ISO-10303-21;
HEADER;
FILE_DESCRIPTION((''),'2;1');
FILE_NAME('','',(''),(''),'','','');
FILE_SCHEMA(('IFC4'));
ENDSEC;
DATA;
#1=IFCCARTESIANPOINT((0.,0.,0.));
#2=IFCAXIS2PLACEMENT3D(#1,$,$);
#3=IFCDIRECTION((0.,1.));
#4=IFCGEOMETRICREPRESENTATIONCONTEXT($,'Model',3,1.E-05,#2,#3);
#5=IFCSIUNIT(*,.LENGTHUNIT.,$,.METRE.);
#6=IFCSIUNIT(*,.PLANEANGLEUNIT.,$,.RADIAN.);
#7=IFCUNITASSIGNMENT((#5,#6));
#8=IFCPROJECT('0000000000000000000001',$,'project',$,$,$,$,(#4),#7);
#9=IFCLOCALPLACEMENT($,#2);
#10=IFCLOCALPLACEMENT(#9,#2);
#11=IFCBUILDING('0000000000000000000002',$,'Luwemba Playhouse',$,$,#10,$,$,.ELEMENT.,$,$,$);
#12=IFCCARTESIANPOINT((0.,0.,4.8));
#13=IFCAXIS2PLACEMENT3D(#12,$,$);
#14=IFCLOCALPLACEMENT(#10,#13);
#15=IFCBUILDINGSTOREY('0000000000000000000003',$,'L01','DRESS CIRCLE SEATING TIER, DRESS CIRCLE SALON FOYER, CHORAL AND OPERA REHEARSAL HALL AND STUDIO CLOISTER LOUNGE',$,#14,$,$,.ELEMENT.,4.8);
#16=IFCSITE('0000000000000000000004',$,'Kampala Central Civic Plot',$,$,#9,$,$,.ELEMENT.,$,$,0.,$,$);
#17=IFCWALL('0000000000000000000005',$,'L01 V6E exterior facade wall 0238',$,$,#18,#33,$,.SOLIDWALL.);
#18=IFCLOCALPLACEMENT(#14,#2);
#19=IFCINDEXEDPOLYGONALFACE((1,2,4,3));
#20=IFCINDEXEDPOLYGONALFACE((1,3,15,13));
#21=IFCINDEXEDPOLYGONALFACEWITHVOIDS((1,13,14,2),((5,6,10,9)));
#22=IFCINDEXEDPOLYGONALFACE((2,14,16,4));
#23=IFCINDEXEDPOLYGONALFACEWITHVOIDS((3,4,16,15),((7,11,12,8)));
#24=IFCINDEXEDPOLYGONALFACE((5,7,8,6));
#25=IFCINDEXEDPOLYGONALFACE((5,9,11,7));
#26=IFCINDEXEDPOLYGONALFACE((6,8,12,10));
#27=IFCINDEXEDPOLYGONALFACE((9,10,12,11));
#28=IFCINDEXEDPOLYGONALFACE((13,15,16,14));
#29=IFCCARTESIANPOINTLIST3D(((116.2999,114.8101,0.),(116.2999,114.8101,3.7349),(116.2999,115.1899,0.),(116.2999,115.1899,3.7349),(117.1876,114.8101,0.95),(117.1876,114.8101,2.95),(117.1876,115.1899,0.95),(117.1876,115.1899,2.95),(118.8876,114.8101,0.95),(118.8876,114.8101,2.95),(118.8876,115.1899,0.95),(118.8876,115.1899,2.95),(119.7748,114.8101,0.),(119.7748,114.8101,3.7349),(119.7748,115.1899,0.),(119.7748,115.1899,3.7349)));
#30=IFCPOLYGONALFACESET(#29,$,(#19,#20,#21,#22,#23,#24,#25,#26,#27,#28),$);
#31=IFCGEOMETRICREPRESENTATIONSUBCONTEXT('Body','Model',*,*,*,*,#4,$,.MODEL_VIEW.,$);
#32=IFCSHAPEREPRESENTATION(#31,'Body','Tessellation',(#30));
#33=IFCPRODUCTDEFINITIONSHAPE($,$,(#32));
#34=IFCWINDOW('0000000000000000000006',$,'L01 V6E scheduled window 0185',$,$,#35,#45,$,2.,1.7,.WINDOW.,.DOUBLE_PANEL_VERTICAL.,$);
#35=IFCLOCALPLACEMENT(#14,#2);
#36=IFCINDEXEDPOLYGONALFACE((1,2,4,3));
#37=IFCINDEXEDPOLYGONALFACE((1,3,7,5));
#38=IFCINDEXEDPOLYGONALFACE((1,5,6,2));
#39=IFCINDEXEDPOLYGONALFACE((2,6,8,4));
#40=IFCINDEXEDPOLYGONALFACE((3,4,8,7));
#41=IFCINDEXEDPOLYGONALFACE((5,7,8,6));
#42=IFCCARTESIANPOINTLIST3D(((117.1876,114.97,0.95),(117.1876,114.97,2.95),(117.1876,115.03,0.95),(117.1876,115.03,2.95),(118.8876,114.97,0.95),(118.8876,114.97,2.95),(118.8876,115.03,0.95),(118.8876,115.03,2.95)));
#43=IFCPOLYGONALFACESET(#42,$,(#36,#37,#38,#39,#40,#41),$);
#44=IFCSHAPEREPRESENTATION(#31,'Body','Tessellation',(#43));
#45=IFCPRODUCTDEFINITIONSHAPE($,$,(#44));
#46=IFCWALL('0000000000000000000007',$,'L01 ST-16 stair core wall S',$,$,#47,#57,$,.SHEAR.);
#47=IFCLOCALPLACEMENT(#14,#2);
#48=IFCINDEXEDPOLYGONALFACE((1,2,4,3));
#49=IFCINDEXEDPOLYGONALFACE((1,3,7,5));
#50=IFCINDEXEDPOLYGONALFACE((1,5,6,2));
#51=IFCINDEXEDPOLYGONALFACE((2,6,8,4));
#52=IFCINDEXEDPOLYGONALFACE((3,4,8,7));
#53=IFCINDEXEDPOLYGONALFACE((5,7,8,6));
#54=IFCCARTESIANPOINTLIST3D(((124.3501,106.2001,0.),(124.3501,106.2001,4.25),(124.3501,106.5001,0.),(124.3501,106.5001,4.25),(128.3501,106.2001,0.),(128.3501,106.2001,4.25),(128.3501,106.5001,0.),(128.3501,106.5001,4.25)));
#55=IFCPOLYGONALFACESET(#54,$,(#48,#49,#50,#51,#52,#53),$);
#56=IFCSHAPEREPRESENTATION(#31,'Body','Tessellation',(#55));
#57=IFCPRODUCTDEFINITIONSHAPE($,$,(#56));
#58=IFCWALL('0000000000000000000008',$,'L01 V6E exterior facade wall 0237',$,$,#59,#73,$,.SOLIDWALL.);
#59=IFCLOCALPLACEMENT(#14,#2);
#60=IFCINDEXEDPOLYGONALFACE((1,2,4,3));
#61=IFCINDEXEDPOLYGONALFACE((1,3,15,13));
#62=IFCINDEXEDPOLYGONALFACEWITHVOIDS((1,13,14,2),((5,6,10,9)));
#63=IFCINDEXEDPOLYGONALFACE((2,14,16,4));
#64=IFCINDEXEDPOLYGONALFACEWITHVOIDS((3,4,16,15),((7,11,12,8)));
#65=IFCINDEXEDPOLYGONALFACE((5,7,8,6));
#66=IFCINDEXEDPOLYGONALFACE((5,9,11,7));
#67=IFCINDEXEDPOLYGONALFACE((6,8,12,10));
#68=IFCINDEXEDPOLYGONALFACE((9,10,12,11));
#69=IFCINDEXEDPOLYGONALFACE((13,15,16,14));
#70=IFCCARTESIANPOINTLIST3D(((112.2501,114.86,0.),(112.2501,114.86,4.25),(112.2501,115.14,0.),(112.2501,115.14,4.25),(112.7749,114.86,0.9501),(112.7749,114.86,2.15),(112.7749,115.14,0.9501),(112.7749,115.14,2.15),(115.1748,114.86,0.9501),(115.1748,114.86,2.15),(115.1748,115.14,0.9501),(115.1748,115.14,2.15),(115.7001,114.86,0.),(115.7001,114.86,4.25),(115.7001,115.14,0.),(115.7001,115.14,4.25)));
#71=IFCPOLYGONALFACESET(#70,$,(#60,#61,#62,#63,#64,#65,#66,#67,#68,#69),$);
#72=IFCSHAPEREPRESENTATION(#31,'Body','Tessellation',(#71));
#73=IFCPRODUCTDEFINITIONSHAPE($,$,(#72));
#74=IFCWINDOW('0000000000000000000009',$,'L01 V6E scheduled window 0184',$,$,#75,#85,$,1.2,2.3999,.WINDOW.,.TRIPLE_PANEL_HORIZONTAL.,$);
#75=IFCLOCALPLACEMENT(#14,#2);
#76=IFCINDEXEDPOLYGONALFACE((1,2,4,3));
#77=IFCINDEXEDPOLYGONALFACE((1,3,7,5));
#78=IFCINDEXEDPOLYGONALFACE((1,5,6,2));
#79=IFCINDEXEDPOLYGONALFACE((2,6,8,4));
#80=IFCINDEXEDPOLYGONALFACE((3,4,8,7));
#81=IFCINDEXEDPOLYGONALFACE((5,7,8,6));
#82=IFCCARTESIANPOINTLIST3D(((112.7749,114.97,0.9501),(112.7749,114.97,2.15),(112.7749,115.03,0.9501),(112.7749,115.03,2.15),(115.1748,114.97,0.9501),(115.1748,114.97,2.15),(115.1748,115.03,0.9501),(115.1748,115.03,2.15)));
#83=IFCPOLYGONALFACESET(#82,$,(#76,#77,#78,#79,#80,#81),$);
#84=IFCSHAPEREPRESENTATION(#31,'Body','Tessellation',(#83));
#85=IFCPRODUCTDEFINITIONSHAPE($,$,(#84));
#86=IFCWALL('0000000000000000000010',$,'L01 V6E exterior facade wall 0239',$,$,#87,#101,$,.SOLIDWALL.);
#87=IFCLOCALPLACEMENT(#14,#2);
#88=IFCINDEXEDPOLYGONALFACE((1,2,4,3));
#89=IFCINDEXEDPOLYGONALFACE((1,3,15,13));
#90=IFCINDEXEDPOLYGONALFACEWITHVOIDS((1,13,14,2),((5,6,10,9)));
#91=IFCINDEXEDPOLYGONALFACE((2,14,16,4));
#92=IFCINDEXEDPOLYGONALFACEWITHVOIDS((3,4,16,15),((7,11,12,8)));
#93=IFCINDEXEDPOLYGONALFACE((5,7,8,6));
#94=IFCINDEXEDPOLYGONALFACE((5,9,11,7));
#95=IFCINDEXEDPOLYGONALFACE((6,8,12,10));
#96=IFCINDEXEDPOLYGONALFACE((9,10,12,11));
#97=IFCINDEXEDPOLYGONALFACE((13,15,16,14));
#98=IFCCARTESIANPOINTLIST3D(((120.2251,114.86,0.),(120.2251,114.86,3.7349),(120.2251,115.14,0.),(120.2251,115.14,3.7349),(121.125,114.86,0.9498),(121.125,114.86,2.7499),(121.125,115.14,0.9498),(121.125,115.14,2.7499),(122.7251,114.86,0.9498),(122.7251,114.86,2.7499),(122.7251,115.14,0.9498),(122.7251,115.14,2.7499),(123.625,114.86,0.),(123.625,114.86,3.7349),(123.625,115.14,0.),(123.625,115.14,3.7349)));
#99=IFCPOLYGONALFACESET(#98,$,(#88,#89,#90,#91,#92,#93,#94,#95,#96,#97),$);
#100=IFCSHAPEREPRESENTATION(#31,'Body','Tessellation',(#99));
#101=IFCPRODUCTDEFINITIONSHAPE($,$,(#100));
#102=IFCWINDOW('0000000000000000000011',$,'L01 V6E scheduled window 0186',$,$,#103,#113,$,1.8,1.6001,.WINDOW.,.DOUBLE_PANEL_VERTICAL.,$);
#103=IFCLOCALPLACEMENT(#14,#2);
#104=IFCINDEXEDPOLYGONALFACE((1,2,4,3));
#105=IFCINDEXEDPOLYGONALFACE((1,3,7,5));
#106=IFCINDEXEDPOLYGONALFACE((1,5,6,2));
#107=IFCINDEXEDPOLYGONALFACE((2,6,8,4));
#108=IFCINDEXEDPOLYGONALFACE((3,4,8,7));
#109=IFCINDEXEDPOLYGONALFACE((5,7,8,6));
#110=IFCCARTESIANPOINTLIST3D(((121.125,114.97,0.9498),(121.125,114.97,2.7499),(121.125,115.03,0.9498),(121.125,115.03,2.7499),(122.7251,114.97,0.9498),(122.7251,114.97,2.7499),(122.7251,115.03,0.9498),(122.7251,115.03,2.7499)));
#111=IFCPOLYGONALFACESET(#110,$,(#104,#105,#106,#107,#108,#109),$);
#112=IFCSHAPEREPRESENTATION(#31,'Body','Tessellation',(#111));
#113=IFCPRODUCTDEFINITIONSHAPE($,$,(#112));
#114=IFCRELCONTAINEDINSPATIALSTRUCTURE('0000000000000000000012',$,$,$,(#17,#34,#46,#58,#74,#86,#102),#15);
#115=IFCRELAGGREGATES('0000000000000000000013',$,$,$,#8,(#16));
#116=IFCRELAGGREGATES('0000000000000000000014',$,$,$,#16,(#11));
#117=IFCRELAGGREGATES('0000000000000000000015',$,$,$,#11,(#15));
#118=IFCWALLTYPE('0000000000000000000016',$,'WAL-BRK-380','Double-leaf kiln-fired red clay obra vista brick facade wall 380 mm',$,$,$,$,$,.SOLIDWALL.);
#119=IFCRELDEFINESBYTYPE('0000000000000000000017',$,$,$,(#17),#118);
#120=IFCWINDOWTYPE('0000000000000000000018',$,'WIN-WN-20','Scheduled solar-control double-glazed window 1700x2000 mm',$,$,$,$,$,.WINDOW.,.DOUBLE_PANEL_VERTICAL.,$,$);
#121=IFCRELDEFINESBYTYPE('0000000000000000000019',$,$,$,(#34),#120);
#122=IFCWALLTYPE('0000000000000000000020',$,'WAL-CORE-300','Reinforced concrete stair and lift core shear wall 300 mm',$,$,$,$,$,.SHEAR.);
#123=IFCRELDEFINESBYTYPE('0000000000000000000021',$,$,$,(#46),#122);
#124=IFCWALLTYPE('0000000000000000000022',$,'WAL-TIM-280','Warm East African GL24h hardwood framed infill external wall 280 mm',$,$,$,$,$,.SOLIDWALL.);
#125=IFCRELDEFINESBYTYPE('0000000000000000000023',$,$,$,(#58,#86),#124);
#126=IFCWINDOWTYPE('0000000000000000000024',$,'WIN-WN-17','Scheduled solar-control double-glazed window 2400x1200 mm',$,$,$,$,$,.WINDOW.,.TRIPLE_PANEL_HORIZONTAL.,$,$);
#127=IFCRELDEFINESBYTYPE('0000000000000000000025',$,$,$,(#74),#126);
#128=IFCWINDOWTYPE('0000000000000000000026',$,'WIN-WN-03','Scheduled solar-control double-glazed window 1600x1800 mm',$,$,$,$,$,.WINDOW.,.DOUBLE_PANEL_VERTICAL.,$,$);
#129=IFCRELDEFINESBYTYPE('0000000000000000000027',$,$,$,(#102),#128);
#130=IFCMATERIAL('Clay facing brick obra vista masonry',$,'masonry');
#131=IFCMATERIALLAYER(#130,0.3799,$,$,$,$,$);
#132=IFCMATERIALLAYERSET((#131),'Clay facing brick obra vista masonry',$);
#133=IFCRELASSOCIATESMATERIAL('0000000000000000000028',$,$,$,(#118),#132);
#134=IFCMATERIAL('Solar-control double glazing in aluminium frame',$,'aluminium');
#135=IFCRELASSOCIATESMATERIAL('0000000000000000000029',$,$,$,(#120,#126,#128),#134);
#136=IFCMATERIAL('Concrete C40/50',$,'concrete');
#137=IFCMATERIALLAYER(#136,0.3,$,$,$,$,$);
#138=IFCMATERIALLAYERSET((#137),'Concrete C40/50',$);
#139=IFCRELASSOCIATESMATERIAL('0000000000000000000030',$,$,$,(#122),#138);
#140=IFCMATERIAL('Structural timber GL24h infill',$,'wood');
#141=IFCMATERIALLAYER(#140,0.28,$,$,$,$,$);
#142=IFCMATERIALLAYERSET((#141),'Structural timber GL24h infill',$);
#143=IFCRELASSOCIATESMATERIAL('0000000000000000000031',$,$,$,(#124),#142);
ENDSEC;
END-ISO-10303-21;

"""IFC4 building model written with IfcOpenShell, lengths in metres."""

from ifc_helpers import new_model, si_unit, direction, frame, frame_2d, origin, place, context, subcontext, project, spatial, rectangle, extrude, material, layer, layer_set, type_object, element, fill, save


model = new_model("IFC4")

# Units and contexts
model_context = context("Model", 3, precision=1e-05, world=origin(), true_north=direction((0.0, 1.0)))
body_context = subcontext(model_context, "Body", "Model", "MODEL_VIEW")
ifc_project = project(units=[si_unit("LENGTHUNIT", "METRE"), si_unit("PLANEANGLEUNIT", "RADIAN")], contexts=[model_context])

# Site, building, storey
site_placement = place(None, origin())
site = spatial("IfcSite", under=ifc_project, at=site_placement, Name="Kampala Central Civic Plot", CompositionType="ELEMENT", RefElevation=0.0)
building_placement = place(site_placement, origin())
building = spatial("IfcBuilding", under=site, at=building_placement, Name="Luwemba Playhouse", CompositionType="ELEMENT")
storey_placement = place(building_placement, frame((0.0, 0.0, 4.8)))
storey = spatial("IfcBuildingStorey", under=building, at=storey_placement, Name="L01", Description="DRESS CIRCLE SEATING TIER, DRESS CIRCLE SALON FOYER, CHORAL AND OPERA REHEARSAL HALL AND STUDIO CLOISTER LOUNGE", CompositionType="ELEMENT", Elevation=4.8)

# Shared definitions
ifc_material_1 = material(Name="Concrete C40/50", Category="concrete")

# Wall, opening, window
ifc_material_2 = material(Name="Clay facing brick obra vista masonry", Category="masonry")
ifc_layer_1 = layer(ifc_material_2, 0.3799)
ifc_layer_set_1 = layer_set([ifc_layer_1], Name="Clay facing brick obra vista masonry")
wall_type_1 = type_object("IfcWallType", Name="WAL-BRK-380", Description="Double-leaf kiln-fired red clay obra vista brick facade wall 380 mm", PredefinedType="SOLIDWALL", material=ifc_layer_set_1)
ifc_material_3 = material(Name="Solar-control double glazing in aluminium frame", Category="aluminium")
wall_1_placement = place(storey_placement, frame((116.3, 115.0, 0.0), z_axis=(0.0, 0.0, 1.0), x_axis=(1.0, 0.0, 0.0)))
wall_1 = element("IfcWall", 1, at=wall_1_placement, inside=storey, type_object=wall_type_1, Name="L01 V6E exterior facade wall 0238", PredefinedType="SOLIDWALL", context=body_context, shape_type="SweptSolid", body=[
    extrude(rectangle(XDim=3.4749, YDim=0.3799, at=frame_2d((1.7373, 0.0))), origin(), (0.0, 0.0, 1.0), 3.7349),
])
opening_1_placement = place(wall_1_placement, frame((0.8875, 0.0, 0.95)))
opening_1 = element("IfcOpeningElement", 2, at=opening_1_placement, cuts=wall_1, PredefinedType="OPENING", context=body_context, shape_type="SweptSolid", body=[
    extrude(rectangle(XDim=1.7, YDim=2.0, at=frame_2d((0.8501, 1.0))), frame((0.0, 0.2, 0.0), z_axis=(0.0, -1.0, 0.0), x_axis=(1.0, 0.0, 0.0)), (0.0, 0.0, 1.0), 0.3999),
])
window_type_1 = type_object("IfcWindowType", Name="WIN-WN-20", Description="Scheduled solar-control double-glazed window 1700x2000 mm", PartitioningType="DOUBLE_PANEL_VERTICAL", PredefinedType="WINDOW", material=ifc_material_3)
window_1_placement = place(opening_1_placement, origin())
window_1 = element("IfcWindow", 3, at=window_1_placement, inside=storey, type_object=window_type_1, Name="L01 V6E scheduled window 0185", OverallHeight=2.0, OverallWidth=1.7, PartitioningType="DOUBLE_PANEL_VERTICAL", PredefinedType="WINDOW", context=body_context, shape_type="SweptSolid", body=[
    extrude(rectangle(XDim=1.7, YDim=2.0, at=frame_2d((0.8501, 1.0))), frame((0.0, 0.03, 0.0), z_axis=(0.0, -1.0, 0.0), x_axis=(1.0, 0.0, 0.0)), (0.0, 0.0, 1.0), 0.0601),
])
fill(opening_1, window_1)

# Wall
ifc_layer_2 = layer(ifc_material_1, 0.3)
ifc_layer_set_2 = layer_set([ifc_layer_2], Name="Concrete C40/50")
wall_type_2 = type_object("IfcWallType", Name="WAL-CORE-300", Description="Reinforced concrete stair and lift core shear wall 300 mm", PredefinedType="SHEAR", material=ifc_layer_set_2)
wall_2_placement = place(storey_placement, frame((124.3501, 106.3501, 0.0), z_axis=(0.0, 0.0, 1.0), x_axis=(1.0, 0.0, 0.0)))
element("IfcWall", 4, at=wall_2_placement, inside=storey, type_object=wall_type_2, Name="L01 ST-16 stair core wall S", PredefinedType="SHEAR", context=body_context, shape_type="SweptSolid", body=[
    extrude(rectangle(XDim=4.0, YDim=0.3, at=frame_2d((2.0, 0.0))), origin(), (0.0, 0.0, 1.0), 4.25),
])

# Walls, openings, windows
ifc_material_4 = material(Name="Structural timber GL24h infill", Category="wood")
ifc_layer_3 = layer(ifc_material_4, 0.28)
ifc_layer_set_3 = layer_set([ifc_layer_3], Name="Structural timber GL24h infill")
wall_type_3 = type_object("IfcWallType", Name="WAL-TIM-280", Description="Warm East African GL24h hardwood framed infill external wall 280 mm", PredefinedType="SOLIDWALL", material=ifc_layer_set_3)
wall_3_placement = place(storey_placement, frame((112.25, 115.0, 0.0), z_axis=(0.0, 0.0, 1.0), x_axis=(1.0, 0.0, 0.0)))
wall_3 = element("IfcWall", 5, at=wall_3_placement, inside=storey, type_object=wall_type_3, Name="L01 V6E exterior facade wall 0237", PredefinedType="SOLIDWALL", context=body_context, shape_type="SweptSolid", body=[
    extrude(rectangle(XDim=3.45, YDim=0.28, at=frame_2d((1.7251, 0.0))), origin(), (0.0, 0.0, 1.0), 4.25),
])
opening_2_placement = place(wall_3_placement, frame((0.5249, 0.0, 0.95)))
opening_2 = element("IfcOpeningElement", 6, at=opening_2_placement, cuts=wall_3, PredefinedType="OPENING", context=body_context, shape_type="SweptSolid", body=[
    extrude(rectangle(XDim=2.3999, YDim=1.2, at=frame_2d((1.2, 0.6001))), frame((0.0, 0.1499, 0.0), z_axis=(0.0, -1.0, 0.0), x_axis=(1.0, 0.0, 0.0)), (0.0, 0.0, 1.0), 0.3),
])
window_type_2 = type_object("IfcWindowType", Name="WIN-WN-17", Description="Scheduled solar-control double-glazed window 2400x1200 mm", PartitioningType="TRIPLE_PANEL_HORIZONTAL", PredefinedType="WINDOW", material=ifc_material_3)
window_2_placement = place(opening_2_placement, origin())
window_2 = element("IfcWindow", 7, at=window_2_placement, inside=storey, type_object=window_type_2, Name="L01 V6E scheduled window 0184", OverallHeight=1.2, OverallWidth=2.3999, PartitioningType="TRIPLE_PANEL_HORIZONTAL", PredefinedType="WINDOW", context=body_context, shape_type="SweptSolid", body=[
    extrude(rectangle(XDim=2.3999, YDim=1.2, at=frame_2d((1.2, 0.6001))), frame((0.0, 0.03, 0.0), z_axis=(0.0, -1.0, 0.0), x_axis=(1.0, 0.0, 0.0)), (0.0, 0.0, 1.0), 0.0601),
])
fill(opening_2, window_2)
wall_4_placement = place(storey_placement, frame((120.2251, 115.0, 0.0), z_axis=(0.0, 0.0, 1.0), x_axis=(1.0, 0.0, 0.0)))
wall_4 = element("IfcWall", 8, at=wall_4_placement, inside=storey, type_object=wall_type_3, Name="L01 V6E exterior facade wall 0239", PredefinedType="SOLIDWALL", context=body_context, shape_type="SweptSolid", body=[
    extrude(rectangle(XDim=3.3999, YDim=0.28, at=frame_2d((1.7, 0.0))), origin(), (0.0, 0.0, 1.0), 3.7349),
])
opening_3_placement = place(wall_4_placement, frame((0.8999, 0.0, 0.95)))
opening_3 = element("IfcOpeningElement", 9, at=opening_3_placement, cuts=wall_4, PredefinedType="OPENING", context=body_context, shape_type="SweptSolid", body=[
    extrude(rectangle(XDim=1.6001, YDim=1.8, at=frame_2d((0.8, 0.8999))), frame((0.0, 0.1499, 0.0), z_axis=(0.0, -1.0, 0.0), x_axis=(1.0, 0.0, 0.0)), (0.0, 0.0, 1.0), 0.3),
])
window_type_3 = type_object("IfcWindowType", Name="WIN-WN-03", Description="Scheduled solar-control double-glazed window 1600x1800 mm", PartitioningType="DOUBLE_PANEL_VERTICAL", PredefinedType="WINDOW", material=ifc_material_3)
window_3_placement = place(opening_3_placement, origin())
window_3 = element("IfcWindow", 10, at=window_3_placement, inside=storey, type_object=window_type_3, Name="L01 V6E scheduled window 0186", OverallHeight=1.8, OverallWidth=1.6001, PartitioningType="DOUBLE_PANEL_VERTICAL", PredefinedType="WINDOW", context=body_context, shape_type="SweptSolid", body=[
    extrude(rectangle(XDim=1.6001, YDim=1.8, at=frame_2d((0.8, 0.8999))), frame((0.0, 0.03, 0.0), z_axis=(0.0, -1.0, 0.0), x_axis=(1.0, 0.0, 0.0)), (0.0, 0.0, 1.0), 0.0601),
])
fill(opening_3, window_3)

save(model, "model.ifc")
